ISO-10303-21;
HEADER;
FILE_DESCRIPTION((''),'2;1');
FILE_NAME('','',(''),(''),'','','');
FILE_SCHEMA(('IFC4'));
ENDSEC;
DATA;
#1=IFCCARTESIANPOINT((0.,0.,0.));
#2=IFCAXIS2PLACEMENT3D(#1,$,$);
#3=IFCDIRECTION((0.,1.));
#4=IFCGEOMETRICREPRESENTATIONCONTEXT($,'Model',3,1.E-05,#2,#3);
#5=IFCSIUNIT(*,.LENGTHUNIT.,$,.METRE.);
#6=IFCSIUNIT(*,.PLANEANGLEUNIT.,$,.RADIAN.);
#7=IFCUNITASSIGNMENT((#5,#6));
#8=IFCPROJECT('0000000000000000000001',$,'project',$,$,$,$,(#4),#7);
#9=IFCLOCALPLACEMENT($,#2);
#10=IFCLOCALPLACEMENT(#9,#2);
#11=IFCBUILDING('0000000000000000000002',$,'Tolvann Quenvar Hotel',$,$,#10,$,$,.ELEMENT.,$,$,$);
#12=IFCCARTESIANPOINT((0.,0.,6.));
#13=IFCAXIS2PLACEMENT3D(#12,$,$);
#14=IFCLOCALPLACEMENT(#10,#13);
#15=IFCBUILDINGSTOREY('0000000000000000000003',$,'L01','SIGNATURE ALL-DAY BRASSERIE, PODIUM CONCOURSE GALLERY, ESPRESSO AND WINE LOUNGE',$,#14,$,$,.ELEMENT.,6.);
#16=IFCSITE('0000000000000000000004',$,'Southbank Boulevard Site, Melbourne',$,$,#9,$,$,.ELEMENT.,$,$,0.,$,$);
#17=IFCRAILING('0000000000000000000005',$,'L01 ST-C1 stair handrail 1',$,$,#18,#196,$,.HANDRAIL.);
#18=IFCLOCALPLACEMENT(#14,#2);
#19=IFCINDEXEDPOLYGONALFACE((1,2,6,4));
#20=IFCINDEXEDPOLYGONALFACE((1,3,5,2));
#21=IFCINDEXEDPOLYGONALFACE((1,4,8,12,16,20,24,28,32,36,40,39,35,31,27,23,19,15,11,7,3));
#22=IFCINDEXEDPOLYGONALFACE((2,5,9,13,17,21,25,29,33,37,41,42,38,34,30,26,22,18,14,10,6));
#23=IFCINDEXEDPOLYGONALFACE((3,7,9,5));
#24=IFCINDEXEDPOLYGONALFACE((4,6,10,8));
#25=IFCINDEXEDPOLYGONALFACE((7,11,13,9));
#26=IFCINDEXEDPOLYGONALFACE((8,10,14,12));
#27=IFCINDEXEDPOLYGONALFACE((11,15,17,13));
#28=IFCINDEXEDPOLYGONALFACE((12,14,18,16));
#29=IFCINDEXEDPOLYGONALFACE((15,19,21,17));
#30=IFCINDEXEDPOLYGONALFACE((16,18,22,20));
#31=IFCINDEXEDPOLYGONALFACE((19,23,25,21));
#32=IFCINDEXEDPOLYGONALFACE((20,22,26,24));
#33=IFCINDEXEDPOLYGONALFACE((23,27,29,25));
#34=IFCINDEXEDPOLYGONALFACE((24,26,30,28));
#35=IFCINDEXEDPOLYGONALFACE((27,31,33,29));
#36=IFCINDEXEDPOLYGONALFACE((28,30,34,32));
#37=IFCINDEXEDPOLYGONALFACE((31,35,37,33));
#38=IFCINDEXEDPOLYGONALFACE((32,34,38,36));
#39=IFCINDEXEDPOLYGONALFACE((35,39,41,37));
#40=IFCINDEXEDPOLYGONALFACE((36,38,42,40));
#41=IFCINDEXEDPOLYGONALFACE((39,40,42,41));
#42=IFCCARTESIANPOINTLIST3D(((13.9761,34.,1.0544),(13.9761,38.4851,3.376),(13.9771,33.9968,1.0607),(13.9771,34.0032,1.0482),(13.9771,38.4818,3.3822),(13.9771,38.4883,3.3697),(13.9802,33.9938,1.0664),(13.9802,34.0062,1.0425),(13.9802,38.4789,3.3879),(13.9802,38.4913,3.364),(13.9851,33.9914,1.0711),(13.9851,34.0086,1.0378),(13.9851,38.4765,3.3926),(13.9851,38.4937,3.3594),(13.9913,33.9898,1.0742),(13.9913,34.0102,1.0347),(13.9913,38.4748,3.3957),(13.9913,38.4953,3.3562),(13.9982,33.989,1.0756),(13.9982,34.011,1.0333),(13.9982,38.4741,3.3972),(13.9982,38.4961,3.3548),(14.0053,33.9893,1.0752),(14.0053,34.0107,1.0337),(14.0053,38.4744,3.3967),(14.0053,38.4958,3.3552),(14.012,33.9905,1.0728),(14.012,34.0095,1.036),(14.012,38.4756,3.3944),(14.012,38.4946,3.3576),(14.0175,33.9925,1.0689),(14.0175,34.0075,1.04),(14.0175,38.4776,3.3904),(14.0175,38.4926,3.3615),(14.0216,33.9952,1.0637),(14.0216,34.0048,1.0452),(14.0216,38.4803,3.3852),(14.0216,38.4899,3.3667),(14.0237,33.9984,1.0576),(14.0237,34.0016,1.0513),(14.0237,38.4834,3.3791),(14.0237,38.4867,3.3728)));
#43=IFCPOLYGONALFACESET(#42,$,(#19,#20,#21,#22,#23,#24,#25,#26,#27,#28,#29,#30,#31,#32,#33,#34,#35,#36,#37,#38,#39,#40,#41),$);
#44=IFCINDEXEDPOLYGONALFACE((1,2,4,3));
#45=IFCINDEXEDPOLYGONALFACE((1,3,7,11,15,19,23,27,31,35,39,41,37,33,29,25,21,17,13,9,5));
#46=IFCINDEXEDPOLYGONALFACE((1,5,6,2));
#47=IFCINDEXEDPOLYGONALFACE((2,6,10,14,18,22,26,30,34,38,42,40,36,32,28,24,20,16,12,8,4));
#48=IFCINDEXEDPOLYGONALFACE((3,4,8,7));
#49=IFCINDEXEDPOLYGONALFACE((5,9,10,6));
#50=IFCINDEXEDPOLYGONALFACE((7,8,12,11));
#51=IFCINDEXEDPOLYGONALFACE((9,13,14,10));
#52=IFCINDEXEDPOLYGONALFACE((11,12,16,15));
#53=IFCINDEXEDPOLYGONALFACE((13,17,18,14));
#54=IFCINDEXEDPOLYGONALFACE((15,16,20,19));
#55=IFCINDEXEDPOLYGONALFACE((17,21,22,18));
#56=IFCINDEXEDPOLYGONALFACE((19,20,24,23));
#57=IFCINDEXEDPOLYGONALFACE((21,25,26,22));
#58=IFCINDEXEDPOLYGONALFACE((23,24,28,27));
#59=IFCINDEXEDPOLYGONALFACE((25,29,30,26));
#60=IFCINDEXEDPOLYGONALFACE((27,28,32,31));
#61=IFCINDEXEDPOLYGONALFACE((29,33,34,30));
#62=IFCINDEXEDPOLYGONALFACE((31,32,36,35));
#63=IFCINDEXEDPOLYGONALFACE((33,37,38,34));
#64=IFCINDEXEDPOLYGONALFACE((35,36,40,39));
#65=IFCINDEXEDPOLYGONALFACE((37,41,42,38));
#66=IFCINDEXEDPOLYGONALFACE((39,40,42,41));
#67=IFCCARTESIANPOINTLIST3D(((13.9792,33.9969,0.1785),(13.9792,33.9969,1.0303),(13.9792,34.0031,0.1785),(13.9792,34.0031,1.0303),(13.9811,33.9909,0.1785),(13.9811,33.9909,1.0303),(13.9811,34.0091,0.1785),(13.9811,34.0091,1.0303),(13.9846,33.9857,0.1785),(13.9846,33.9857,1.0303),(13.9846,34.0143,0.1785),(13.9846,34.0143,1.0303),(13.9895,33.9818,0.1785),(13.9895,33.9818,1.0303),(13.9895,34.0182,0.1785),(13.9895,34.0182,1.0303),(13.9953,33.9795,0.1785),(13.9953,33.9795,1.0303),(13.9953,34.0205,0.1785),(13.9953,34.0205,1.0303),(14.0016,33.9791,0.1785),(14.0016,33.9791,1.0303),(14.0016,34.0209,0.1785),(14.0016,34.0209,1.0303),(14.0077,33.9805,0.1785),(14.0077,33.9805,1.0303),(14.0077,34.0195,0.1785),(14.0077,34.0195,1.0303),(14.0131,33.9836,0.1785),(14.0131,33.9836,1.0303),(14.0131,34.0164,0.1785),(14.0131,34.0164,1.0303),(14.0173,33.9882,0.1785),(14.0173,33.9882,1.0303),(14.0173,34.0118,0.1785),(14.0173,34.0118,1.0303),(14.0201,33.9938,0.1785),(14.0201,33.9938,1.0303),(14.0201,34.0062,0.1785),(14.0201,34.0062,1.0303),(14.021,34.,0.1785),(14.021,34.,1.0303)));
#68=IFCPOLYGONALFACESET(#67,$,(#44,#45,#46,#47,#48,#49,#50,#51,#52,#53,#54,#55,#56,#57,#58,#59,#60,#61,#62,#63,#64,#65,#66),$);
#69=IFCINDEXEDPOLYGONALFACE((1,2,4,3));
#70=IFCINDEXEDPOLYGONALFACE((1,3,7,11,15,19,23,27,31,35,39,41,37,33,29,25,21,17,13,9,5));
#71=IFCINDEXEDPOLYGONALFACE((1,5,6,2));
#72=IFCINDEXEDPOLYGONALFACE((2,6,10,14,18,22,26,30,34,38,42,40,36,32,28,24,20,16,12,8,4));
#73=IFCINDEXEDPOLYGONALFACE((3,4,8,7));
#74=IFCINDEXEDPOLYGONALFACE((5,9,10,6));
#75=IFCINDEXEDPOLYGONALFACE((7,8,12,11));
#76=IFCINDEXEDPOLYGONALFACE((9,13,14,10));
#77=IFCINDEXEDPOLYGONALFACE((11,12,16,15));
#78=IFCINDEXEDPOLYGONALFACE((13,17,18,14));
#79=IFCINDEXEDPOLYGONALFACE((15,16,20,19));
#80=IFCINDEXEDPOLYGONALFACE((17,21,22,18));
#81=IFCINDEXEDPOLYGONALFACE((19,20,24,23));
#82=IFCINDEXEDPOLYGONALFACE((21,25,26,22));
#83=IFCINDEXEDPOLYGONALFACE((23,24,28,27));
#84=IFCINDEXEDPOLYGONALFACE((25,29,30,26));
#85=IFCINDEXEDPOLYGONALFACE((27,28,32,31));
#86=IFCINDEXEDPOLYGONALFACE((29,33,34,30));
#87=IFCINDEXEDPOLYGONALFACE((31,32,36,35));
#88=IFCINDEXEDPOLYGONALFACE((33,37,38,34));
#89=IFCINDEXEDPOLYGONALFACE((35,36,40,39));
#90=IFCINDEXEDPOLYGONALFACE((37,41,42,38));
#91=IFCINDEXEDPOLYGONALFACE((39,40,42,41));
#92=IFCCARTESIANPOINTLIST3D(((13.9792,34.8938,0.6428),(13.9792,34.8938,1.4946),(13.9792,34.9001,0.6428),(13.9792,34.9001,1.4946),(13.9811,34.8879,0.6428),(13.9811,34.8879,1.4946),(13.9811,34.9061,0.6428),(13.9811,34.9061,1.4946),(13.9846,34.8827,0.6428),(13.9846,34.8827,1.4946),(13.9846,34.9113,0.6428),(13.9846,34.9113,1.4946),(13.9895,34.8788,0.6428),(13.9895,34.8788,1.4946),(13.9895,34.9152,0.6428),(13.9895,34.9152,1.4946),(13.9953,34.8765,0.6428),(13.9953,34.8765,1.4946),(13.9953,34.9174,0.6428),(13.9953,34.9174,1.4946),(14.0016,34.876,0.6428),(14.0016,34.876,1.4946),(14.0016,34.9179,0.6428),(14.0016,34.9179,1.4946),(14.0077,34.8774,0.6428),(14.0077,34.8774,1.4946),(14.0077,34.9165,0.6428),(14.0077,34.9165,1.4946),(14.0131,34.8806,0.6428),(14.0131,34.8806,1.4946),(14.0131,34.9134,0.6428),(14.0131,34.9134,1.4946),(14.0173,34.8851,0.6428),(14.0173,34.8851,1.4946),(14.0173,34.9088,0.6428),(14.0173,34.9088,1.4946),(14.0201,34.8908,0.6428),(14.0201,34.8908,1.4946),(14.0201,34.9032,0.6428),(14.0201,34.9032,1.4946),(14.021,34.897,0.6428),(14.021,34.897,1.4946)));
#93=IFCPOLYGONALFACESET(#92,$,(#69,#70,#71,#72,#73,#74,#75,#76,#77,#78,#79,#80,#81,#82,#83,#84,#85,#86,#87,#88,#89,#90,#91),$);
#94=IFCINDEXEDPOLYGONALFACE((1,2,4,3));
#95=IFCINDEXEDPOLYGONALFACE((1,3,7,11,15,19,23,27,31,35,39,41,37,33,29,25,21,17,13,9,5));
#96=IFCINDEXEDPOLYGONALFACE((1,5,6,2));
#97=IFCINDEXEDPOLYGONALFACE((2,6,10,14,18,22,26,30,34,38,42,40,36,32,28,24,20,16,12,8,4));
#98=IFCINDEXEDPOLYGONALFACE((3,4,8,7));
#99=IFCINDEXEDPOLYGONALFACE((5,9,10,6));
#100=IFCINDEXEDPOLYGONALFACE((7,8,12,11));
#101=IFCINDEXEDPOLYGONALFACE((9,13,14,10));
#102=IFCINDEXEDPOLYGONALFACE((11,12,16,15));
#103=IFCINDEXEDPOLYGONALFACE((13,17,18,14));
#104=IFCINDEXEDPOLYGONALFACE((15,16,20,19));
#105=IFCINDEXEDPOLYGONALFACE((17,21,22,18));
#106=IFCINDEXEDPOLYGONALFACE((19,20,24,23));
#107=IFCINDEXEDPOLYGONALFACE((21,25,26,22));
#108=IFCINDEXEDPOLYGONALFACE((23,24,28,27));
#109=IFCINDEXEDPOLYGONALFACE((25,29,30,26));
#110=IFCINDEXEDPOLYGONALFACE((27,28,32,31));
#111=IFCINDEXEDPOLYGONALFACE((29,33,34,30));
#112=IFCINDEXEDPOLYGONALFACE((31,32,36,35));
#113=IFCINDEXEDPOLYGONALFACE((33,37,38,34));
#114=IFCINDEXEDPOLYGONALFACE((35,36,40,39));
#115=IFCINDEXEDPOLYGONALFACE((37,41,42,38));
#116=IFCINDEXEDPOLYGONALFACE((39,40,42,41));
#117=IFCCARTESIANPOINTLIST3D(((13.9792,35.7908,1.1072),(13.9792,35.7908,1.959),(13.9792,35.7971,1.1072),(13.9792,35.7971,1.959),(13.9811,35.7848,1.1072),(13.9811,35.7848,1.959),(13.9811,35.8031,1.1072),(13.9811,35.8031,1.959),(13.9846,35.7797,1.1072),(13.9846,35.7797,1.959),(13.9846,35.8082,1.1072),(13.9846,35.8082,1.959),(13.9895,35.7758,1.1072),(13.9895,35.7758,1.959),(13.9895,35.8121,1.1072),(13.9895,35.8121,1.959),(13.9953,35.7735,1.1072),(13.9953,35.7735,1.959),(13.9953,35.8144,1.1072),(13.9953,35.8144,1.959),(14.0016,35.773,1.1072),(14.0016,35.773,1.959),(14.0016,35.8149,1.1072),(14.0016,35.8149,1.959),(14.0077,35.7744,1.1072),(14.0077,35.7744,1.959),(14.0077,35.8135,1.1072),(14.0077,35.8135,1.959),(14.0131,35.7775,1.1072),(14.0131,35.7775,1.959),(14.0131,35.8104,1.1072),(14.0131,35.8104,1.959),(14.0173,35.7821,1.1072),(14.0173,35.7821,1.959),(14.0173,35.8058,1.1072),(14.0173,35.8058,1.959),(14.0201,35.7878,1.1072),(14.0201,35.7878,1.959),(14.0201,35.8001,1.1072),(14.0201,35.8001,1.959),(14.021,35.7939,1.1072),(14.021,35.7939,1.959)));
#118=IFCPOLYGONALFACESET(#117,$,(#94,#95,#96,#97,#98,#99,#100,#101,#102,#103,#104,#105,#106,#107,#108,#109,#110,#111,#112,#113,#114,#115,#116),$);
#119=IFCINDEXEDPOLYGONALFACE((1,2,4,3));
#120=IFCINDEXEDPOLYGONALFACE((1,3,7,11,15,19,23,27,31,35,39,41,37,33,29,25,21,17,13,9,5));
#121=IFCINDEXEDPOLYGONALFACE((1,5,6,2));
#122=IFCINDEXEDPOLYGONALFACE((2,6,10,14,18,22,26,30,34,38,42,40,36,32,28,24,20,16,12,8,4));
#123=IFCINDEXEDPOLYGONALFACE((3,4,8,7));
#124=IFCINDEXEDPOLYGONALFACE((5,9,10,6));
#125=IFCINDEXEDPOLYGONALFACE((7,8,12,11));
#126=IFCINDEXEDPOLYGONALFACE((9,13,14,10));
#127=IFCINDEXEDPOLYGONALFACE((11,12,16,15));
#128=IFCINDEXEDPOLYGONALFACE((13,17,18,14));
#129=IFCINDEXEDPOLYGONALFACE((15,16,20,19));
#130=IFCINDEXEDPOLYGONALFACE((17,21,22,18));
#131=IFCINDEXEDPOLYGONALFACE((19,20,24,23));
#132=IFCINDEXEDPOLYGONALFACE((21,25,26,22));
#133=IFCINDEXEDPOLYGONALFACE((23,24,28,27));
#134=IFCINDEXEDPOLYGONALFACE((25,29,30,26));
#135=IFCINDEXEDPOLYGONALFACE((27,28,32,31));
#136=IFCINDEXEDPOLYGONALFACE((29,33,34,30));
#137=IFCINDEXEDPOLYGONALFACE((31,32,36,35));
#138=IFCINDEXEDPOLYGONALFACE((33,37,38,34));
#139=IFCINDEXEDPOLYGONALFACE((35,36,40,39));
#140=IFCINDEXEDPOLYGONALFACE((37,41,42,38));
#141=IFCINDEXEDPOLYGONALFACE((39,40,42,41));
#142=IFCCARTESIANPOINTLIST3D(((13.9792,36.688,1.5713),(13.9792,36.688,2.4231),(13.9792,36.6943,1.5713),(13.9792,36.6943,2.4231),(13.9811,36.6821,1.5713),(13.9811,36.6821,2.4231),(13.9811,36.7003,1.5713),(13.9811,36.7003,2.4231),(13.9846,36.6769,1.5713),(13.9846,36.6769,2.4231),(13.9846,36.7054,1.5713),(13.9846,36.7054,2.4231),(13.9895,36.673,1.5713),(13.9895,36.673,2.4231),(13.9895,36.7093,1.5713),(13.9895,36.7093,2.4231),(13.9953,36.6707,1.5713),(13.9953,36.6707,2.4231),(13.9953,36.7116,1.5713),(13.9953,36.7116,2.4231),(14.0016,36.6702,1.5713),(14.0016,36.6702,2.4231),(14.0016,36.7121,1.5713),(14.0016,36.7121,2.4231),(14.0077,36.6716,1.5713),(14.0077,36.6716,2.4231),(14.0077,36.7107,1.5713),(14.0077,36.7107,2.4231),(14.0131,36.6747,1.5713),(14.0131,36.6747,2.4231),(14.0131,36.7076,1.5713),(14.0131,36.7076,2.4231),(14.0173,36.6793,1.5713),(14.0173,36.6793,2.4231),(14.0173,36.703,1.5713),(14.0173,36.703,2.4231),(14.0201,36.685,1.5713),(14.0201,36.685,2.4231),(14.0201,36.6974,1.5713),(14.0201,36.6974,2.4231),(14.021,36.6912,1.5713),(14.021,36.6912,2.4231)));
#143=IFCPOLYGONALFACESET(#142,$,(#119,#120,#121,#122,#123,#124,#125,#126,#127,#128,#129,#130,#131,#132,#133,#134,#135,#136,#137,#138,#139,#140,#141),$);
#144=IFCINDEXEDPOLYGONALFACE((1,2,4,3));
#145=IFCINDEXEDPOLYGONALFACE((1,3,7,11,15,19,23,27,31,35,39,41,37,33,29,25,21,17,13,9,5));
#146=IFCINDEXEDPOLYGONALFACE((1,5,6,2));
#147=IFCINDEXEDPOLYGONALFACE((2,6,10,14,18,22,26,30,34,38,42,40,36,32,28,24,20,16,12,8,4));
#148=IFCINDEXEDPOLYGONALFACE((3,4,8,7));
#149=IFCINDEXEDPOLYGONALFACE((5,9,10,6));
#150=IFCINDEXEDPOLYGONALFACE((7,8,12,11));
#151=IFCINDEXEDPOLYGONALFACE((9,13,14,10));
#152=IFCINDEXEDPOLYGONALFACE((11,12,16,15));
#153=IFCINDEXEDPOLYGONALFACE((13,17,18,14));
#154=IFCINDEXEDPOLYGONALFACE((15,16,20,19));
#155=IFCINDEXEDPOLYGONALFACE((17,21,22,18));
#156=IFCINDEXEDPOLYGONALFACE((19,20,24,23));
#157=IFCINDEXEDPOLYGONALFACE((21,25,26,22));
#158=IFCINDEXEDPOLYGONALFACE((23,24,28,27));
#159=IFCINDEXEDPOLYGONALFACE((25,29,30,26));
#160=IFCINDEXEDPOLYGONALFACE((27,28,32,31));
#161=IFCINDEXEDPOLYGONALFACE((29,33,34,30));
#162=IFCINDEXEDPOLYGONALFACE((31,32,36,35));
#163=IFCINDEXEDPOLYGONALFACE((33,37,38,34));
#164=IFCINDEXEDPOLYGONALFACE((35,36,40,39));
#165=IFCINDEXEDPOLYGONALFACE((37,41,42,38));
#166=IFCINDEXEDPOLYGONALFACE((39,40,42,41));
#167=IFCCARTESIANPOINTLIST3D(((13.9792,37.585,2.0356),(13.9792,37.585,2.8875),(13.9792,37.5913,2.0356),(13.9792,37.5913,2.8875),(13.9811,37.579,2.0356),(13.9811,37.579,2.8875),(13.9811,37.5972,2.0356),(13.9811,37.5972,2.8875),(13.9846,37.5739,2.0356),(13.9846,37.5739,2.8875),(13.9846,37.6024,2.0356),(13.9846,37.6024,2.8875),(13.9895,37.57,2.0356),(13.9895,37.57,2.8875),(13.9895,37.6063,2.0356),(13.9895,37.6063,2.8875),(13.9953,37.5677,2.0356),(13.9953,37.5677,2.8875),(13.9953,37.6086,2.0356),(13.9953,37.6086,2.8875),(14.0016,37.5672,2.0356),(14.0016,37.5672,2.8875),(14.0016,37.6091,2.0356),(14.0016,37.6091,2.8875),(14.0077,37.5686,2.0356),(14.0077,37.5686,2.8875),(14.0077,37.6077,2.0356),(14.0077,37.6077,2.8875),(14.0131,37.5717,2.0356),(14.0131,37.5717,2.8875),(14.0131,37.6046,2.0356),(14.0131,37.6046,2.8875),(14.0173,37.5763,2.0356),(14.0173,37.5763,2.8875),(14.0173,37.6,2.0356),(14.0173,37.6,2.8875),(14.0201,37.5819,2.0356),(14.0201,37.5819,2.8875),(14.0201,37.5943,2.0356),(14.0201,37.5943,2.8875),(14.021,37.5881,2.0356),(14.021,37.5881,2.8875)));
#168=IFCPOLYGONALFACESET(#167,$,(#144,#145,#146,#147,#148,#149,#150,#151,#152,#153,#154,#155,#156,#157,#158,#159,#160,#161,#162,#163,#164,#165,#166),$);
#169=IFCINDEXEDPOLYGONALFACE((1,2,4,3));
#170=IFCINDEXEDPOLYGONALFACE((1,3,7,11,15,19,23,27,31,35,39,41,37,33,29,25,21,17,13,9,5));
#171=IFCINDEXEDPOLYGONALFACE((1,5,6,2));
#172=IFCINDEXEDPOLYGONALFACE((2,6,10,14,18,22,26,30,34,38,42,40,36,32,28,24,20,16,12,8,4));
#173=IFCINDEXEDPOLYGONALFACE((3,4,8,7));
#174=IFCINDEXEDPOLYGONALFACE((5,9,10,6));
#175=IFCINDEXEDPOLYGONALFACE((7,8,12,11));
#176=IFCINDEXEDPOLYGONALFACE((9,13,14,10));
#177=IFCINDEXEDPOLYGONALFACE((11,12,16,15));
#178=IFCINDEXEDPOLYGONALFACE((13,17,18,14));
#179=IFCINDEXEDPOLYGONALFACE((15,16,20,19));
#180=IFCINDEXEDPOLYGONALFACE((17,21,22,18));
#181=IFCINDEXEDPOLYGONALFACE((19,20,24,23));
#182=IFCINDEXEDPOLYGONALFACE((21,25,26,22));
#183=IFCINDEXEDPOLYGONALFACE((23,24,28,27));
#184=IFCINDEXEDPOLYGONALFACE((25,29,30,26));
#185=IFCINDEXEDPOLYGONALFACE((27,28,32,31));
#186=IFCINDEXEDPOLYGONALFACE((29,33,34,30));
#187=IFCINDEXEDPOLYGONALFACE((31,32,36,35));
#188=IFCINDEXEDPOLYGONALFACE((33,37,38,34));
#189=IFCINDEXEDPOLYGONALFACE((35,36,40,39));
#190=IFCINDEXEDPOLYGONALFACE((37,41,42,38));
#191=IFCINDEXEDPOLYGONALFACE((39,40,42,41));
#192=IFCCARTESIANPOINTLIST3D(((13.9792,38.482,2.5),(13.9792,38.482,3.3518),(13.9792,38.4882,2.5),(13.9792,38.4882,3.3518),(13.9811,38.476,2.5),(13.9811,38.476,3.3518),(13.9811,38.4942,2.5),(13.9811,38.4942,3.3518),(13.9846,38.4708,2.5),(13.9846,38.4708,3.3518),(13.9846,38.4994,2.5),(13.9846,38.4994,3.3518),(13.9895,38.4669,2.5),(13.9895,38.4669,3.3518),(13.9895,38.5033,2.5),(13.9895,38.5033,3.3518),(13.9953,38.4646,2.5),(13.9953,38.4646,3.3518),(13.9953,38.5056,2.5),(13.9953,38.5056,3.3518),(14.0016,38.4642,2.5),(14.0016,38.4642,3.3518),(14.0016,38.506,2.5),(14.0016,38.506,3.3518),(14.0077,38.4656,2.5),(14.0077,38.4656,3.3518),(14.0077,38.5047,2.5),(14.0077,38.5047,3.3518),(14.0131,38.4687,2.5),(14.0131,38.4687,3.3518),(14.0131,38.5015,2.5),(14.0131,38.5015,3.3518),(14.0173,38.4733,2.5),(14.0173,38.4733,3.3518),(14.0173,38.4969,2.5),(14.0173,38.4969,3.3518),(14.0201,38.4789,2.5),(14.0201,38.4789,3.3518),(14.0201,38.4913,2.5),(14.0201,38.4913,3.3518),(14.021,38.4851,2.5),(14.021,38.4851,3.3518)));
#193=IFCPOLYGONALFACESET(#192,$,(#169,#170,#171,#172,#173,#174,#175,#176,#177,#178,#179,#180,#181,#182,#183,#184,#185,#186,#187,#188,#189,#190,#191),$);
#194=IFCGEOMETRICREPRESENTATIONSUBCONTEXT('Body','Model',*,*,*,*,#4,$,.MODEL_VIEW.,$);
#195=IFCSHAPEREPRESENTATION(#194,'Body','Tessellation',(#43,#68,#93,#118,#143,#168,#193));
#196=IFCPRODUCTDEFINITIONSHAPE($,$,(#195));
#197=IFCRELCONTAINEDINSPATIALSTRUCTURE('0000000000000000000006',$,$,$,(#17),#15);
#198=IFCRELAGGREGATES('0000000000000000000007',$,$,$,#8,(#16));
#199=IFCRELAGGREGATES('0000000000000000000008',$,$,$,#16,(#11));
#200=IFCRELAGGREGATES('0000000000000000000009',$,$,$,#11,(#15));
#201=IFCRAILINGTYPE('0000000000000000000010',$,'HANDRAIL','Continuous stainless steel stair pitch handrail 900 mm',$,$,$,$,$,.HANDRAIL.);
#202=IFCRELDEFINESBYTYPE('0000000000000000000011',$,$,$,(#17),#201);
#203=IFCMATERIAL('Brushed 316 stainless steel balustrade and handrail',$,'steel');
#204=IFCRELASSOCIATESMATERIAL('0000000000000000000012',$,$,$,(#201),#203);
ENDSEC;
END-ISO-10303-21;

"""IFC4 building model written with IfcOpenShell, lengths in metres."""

from ifc_helpers import new_model, si_unit, direction, frame, origin, origin_2d, place, context, subcontext, project, spatial, circle, extrude, material, type_object, element, save


model = new_model("IFC4")

# Units and contexts
model_context = context("Model", 3, precision=1e-05, world=origin(), true_north=direction((0.0, 1.0)))
body_context = subcontext(model_context, "Body", "Model", "MODEL_VIEW")
ifc_project = project(units=[si_unit("LENGTHUNIT", "METRE"), si_unit("PLANEANGLEUNIT", "RADIAN")], contexts=[model_context])

# Site, building, storey
site_placement = place(None, origin())
site = spatial("IfcSite", under=ifc_project, at=site_placement, Name="Southbank Boulevard Site, Melbourne", CompositionType="ELEMENT", RefElevation=0.0)
building_placement = place(site_placement, origin())
building = spatial("IfcBuilding", under=site, at=building_placement, Name="Tolvann Quenvar Hotel", CompositionType="ELEMENT")
storey_placement = place(building_placement, frame((0.0, 0.0, 6.0)))
storey = spatial("IfcBuildingStorey", under=building, at=storey_placement, Name="L01", Description="SIGNATURE ALL-DAY BRASSERIE, PODIUM CONCOURSE GALLERY, ESPRESSO AND WINE LOUNGE", CompositionType="ELEMENT", Elevation=6.0)

# Railing
ifc_material_1 = material(Name="Brushed 316 stainless steel balustrade and handrail", Category="steel")
railing_type_1 = type_object("IfcRailingType", Name="HANDRAIL", Description="Continuous stainless steel stair pitch handrail 900 mm", PredefinedType="HANDRAIL", material=ifc_material_1)
railing_1_placement = place(storey_placement, frame((14.0, 34.0, 0.1785)))
element("IfcRailing", 1, at=railing_1_placement, inside=storey, type_object=railing_type_1, Name="L01 ST-C1 stair handrail 1", PredefinedType="HANDRAIL", context=body_context, shape_type="SweptSolid", body=[
    extrude(circle(Radius=0.0239, at=origin_2d()), frame((0.0, 0.0, 0.876), z_axis=(0.0, 0.888084, 0.459681), x_axis=(-1.0, 0.0, 0.0)), (0.0, 0.0, 1.0), 5.0503),
    extrude(circle(Radius=0.021, at=origin_2d()), origin(), (0.0, 0.0, 1.0), 0.8518),
    extrude(circle(Radius=0.021, at=origin_2d()), frame((0.0, 0.897, 0.4644)), (0.0, 0.0, 1.0), 0.8518),
    extrude(circle(Radius=0.021, at=origin_2d()), frame((0.0, 1.7939, 0.9287)), (0.0, 0.0, 1.0), 0.8518),
    extrude(circle(Radius=0.021, at=origin_2d()), frame((0.0, 2.6912, 1.3928)), (0.0, 0.0, 1.0), 0.8518),
    extrude(circle(Radius=0.021, at=origin_2d()), frame((0.0, 3.5881, 1.8572)), (0.0, 0.0, 1.0), 0.8518),
    extrude(circle(Radius=0.021, at=origin_2d()), frame((0.0, 4.4851, 2.3215)), (0.0, 0.0, 1.0), 0.8518),
])

save(model, "model.ifc")
